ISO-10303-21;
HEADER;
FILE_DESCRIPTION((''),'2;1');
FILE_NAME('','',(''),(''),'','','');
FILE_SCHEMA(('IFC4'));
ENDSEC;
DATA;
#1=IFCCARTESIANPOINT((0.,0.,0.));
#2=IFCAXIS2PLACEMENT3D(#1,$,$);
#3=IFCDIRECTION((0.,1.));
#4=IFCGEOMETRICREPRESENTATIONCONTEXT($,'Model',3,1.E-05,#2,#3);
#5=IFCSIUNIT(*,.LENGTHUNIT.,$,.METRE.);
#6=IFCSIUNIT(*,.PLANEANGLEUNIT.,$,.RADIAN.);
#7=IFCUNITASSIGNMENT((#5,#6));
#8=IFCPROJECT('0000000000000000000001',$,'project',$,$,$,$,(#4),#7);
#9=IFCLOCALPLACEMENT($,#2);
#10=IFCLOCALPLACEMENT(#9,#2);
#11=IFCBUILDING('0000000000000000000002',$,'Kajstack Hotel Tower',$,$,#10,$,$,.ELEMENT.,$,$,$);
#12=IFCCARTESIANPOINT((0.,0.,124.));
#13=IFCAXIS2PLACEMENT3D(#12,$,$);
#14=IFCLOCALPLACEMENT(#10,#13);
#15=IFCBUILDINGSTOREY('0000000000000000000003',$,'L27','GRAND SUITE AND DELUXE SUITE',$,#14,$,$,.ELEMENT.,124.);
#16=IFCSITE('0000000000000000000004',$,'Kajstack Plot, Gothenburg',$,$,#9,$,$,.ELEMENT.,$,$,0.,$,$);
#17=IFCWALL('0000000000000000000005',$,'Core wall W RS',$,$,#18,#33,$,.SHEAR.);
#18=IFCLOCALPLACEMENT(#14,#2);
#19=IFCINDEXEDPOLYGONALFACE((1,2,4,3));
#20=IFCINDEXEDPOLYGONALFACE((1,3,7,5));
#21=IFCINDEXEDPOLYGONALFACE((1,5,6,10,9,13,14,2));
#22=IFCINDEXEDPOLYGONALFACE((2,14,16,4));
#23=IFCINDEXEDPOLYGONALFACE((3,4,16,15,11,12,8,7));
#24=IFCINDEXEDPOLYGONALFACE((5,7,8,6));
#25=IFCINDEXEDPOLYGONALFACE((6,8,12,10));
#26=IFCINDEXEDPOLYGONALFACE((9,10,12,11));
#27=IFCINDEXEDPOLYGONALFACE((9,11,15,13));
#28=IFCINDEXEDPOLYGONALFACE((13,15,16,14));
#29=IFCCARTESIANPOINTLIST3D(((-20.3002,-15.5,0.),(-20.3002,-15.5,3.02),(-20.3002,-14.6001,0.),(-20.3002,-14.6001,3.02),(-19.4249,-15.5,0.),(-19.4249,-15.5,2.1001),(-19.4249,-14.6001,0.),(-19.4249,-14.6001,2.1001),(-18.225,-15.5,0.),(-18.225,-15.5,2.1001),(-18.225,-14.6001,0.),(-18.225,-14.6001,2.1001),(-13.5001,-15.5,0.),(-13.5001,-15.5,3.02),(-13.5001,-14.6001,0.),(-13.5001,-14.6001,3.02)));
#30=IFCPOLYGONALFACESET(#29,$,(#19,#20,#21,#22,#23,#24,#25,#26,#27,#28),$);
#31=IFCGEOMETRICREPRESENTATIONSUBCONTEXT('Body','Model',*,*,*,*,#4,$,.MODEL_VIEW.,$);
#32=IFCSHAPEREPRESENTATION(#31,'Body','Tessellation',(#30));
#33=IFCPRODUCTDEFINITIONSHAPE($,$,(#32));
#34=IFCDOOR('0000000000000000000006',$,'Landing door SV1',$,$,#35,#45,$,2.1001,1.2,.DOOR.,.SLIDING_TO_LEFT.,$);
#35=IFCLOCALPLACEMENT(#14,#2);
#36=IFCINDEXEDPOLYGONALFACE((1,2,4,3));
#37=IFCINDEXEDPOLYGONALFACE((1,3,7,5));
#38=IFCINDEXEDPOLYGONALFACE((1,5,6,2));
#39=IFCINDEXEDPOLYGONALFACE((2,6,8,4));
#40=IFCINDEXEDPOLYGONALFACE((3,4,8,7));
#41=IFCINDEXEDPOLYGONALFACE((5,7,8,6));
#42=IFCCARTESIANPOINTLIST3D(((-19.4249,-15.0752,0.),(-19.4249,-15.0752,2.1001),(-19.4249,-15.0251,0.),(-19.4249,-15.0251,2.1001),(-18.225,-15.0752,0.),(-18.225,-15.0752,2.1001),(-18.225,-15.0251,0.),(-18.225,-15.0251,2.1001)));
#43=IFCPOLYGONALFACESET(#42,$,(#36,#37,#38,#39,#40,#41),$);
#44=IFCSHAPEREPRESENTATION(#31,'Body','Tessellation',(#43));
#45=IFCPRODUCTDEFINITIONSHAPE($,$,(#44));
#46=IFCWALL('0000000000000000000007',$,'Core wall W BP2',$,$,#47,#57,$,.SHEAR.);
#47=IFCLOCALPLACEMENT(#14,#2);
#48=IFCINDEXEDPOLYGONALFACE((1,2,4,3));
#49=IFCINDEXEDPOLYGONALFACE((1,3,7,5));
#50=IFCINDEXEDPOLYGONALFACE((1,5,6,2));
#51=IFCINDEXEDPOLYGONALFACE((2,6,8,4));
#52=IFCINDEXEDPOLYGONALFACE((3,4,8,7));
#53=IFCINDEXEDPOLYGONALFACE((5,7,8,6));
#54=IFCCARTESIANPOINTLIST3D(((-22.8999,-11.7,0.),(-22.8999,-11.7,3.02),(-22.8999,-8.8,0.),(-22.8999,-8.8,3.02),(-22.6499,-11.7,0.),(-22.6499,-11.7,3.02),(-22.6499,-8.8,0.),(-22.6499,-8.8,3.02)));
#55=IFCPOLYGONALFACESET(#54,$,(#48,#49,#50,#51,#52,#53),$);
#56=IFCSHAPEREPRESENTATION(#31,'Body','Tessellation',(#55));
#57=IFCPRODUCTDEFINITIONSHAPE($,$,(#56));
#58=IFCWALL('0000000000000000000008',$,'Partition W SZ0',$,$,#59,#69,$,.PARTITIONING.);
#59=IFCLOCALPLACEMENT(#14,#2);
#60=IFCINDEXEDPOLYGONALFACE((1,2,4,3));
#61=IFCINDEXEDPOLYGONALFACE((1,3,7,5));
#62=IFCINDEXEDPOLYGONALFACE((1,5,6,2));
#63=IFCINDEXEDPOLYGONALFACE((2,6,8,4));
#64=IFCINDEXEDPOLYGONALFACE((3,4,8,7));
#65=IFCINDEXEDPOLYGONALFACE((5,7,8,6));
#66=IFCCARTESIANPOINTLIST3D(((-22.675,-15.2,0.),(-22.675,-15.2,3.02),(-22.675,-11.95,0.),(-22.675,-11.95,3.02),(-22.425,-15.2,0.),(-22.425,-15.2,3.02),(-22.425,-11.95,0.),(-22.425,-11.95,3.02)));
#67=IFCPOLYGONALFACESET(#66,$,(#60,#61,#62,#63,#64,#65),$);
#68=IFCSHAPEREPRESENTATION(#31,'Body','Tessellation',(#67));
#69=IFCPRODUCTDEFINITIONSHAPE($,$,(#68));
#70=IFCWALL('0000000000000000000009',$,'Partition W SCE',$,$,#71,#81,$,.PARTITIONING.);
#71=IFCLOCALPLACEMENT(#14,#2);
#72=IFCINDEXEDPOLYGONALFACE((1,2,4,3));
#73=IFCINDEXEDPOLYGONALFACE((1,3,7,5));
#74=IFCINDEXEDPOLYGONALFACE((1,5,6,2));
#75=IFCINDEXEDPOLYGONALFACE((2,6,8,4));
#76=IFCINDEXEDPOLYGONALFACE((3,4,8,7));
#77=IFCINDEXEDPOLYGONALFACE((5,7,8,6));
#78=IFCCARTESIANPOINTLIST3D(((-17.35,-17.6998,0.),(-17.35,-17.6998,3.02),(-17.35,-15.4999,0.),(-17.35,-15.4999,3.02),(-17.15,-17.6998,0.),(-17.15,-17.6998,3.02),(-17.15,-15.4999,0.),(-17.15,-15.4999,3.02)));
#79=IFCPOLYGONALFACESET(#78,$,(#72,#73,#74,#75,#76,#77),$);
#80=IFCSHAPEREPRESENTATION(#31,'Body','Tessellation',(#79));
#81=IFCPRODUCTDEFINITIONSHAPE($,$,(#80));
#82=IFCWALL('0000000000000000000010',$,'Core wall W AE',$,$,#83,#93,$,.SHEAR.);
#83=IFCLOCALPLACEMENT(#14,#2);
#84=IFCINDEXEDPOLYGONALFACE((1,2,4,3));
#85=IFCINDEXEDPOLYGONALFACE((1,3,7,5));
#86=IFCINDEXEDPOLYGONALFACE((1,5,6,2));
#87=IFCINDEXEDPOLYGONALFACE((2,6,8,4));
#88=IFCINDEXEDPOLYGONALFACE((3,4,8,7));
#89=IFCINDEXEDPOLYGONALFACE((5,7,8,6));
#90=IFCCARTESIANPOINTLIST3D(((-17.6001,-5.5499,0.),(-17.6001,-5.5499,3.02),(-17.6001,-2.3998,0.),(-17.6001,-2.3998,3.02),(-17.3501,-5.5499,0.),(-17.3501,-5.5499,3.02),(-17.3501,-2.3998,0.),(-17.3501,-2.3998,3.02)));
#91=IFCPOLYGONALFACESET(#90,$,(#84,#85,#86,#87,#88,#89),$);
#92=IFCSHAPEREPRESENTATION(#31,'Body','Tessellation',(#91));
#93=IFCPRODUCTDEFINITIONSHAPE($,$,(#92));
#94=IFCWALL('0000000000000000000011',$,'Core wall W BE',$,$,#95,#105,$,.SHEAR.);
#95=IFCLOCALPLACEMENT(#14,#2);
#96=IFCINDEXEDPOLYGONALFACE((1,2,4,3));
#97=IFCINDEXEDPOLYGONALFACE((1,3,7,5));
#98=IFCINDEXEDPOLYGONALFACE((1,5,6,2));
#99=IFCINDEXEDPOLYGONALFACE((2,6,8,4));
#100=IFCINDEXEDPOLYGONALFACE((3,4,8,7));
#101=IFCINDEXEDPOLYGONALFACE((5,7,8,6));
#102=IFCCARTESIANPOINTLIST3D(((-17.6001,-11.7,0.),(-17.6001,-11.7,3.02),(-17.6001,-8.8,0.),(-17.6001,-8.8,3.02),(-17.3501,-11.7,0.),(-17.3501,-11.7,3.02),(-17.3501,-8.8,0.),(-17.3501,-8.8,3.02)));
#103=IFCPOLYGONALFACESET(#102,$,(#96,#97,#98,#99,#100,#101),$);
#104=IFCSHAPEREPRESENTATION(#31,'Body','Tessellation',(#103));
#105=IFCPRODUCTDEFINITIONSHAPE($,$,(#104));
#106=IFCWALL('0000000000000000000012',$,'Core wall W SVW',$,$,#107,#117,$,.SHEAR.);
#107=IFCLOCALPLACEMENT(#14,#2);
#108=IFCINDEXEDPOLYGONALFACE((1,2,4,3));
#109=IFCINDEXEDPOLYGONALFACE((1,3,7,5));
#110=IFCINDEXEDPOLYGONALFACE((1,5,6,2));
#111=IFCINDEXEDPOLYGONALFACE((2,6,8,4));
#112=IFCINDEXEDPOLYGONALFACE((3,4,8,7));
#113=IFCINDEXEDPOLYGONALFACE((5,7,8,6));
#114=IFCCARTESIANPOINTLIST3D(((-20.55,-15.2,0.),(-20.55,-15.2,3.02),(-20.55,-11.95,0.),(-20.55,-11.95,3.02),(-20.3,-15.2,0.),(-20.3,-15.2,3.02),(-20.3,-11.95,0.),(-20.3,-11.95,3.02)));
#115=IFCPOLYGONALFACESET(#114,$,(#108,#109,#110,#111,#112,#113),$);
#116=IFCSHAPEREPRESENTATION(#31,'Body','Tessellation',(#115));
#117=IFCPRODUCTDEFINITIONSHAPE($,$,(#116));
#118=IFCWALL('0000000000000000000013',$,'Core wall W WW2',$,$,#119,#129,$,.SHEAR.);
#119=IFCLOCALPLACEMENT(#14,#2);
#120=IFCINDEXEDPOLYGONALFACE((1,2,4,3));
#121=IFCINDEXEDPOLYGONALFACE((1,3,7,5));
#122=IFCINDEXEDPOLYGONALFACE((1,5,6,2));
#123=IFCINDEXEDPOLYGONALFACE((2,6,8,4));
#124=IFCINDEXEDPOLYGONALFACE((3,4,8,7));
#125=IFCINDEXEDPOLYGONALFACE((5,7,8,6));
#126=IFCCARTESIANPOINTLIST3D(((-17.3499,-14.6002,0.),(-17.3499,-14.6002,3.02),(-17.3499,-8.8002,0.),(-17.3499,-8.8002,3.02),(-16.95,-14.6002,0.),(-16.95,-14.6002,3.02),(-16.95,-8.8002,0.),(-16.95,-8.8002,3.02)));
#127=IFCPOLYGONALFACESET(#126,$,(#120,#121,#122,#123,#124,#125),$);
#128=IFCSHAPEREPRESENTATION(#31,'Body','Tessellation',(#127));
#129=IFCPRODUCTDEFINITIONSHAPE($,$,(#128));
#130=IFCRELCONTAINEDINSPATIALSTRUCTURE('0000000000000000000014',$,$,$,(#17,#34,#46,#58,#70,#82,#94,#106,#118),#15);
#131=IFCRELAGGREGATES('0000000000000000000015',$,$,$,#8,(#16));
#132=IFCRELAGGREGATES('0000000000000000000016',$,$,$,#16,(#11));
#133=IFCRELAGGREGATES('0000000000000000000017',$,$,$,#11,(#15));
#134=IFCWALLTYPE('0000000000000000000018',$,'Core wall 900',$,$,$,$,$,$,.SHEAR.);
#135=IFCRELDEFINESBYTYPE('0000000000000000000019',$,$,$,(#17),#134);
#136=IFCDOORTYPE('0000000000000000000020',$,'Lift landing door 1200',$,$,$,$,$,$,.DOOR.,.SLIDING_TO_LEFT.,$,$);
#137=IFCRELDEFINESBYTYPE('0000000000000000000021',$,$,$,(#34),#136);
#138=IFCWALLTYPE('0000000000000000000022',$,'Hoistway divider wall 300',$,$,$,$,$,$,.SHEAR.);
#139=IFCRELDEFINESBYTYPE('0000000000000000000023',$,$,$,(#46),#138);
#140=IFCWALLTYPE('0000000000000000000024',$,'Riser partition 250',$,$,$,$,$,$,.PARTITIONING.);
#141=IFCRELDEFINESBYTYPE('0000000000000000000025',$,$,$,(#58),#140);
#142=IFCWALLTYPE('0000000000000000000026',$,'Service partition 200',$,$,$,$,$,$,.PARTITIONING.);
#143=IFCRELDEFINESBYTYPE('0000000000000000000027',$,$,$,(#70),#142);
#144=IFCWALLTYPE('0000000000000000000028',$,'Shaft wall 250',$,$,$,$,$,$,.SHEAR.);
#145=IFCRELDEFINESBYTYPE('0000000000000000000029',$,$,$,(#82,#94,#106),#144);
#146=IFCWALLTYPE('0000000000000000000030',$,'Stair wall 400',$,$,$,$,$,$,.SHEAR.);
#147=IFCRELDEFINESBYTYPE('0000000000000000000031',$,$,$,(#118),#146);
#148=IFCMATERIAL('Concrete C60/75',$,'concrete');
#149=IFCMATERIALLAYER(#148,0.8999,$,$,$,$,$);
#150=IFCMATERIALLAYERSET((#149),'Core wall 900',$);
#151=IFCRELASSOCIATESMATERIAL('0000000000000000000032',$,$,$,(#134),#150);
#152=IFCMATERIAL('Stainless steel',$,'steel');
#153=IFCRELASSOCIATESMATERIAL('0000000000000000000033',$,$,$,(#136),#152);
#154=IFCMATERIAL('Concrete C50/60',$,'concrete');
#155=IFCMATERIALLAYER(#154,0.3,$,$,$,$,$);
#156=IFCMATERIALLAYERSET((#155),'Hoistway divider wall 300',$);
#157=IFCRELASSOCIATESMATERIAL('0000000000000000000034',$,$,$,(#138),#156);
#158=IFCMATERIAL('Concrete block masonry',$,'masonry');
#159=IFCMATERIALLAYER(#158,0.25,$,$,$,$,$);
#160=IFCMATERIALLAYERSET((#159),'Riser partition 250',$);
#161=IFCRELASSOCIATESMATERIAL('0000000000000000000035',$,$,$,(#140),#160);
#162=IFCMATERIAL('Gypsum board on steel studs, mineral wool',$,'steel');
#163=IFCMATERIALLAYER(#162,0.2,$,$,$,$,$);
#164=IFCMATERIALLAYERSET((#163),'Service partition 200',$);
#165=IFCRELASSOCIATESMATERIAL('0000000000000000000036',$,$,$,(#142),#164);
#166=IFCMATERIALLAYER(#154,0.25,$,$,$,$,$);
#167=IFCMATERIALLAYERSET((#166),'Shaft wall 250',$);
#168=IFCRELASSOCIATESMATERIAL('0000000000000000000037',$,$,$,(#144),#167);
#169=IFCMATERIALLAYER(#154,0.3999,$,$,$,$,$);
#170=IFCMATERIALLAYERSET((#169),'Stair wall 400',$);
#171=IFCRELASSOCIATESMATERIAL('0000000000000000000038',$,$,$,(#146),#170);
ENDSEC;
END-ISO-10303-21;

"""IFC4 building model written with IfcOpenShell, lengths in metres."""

from ifc_helpers import new_model, si_unit, direction, frame, frame_2d, origin, place, context, subcontext, project, spatial, rectangle, extrude, material, layer, layer_set, type_object, element, fill, save


model = new_model("IFC4")

# Units and contexts
model_context = context("Model", 3, precision=1e-05, world=origin(), true_north=direction((0.0, 1.0)))
body_context = subcontext(model_context, "Body", "Model", "MODEL_VIEW")
ifc_project = project(units=[si_unit("LENGTHUNIT", "METRE"), si_unit("PLANEANGLEUNIT", "RADIAN")], contexts=[model_context])

# Site, building, storey
site_placement = place(None, origin())
site = spatial("IfcSite", under=ifc_project, at=site_placement, Name="Kajstack Plot, Gothenburg", CompositionType="ELEMENT", RefElevation=0.0)
building_placement = place(site_placement, origin())
building = spatial("IfcBuilding", under=site, at=building_placement, Name="Kajstack Hotel Tower", CompositionType="ELEMENT")
storey_placement = place(building_placement, frame((0.0, 0.0, 124.0)))
storey = spatial("IfcBuildingStorey", under=building, at=storey_placement, Name="L27", Description="GRAND SUITE AND DELUXE SUITE", CompositionType="ELEMENT", Elevation=124.0)

# Wall, opening, door
ifc_material_1 = material(Name="Concrete C60/75", Category="concrete")
ifc_layer_1 = layer(ifc_material_1, 0.8999)
ifc_layer_set_1 = layer_set([ifc_layer_1], Name="Core wall 900")
wall_type_1 = type_object("IfcWallType", Name="Core wall 900", PredefinedType="SHEAR", material=ifc_layer_set_1)
wall_1_placement = place(storey_placement, frame((-20.3, -15.05, 0.0), z_axis=(0.0, 0.0, 1.0), x_axis=(1.0, 0.0, 0.0)))
wall_1 = element("IfcWall", 1, at=wall_1_placement, inside=storey, type_object=wall_type_1, Name="Core wall W RS", PredefinedType="SHEAR", context=body_context, shape_type="SweptSolid", body=[
    extrude(rectangle(XDim=6.8, YDim=0.8999, at=frame_2d((3.3999, 0.0))), origin(), (0.0, 0.0, 1.0), 3.02),
])
opening_placement = place(wall_1_placement, frame((0.875, 0.0, 0.0)))
opening = element("IfcOpeningElement", 2, at=opening_placement, cuts=wall_1, PredefinedType="OPENING", context=body_context, shape_type="SweptSolid", body=[
    extrude(rectangle(XDim=1.2, YDim=2.1001, at=frame_2d((0.6001, 1.05))), frame((0.0, 0.46, 0.0), z_axis=(0.0, -1.0, 0.0), x_axis=(1.0, 0.0, 0.0)), (0.0, 0.0, 1.0), 0.9199),
])
ifc_material_2 = material(Name="Stainless steel", Category="steel")
door_type = type_object("IfcDoorType", Name="Lift landing door 1200", OperationType="SLIDING_TO_LEFT", PredefinedType="DOOR", material=ifc_material_2)
door_placement = place(opening_placement, origin())
door = element("IfcDoor", 3, at=door_placement, inside=storey, type_object=door_type, Name="Landing door SV1", OperationType="SLIDING_TO_LEFT", OverallHeight=2.1001, OverallWidth=1.2, PredefinedType="DOOR", context=body_context, shape_type="SweptSolid", body=[
    extrude(rectangle(XDim=1.2, YDim=2.1001, at=frame_2d((0.6001, 1.05))), frame((0.0, 0.0249, 0.0), z_axis=(0.0, -1.0, 0.0), x_axis=(1.0, 0.0, 0.0)), (0.0, 0.0, 1.0), 0.05),
])
fill(opening, door)

# Walls
ifc_material_3 = material(Name="Concrete C50/60", Category="concrete")
ifc_layer_2 = layer(ifc_material_3, 0.3)
ifc_layer_set_2 = layer_set([ifc_layer_2], Name="Hoistway divider wall 300")
wall_type_2 = type_object("IfcWallType", Name="Hoistway divider wall 300", PredefinedType="SHEAR", material=ifc_layer_set_2)
wall_2_placement = place(storey_placement, frame((-22.7749, -11.7, 0.0), z_axis=(0.0, 0.0, 1.0), x_axis=(0.0, 1.0, 0.0)))
element("IfcWall", 4, at=wall_2_placement, inside=storey, type_object=wall_type_2, Name="Core wall W BP2", PredefinedType="SHEAR", context=body_context, shape_type="SweptSolid", body=[
    extrude(rectangle(XDim=2.8999, YDim=0.25, at=frame_2d((1.45, 0.0))), origin(), (0.0, 0.0, 1.0), 3.02),
])
ifc_material_4 = material(Name="Concrete block masonry", Category="masonry")
ifc_layer_3 = layer(ifc_material_4, 0.25)
ifc_layer_set_3 = layer_set([ifc_layer_3], Name="Riser partition 250")
wall_type_3 = type_object("IfcWallType", Name="Riser partition 250", PredefinedType="PARTITIONING", material=ifc_layer_set_3)
wall_3_placement = place(storey_placement, frame((-22.55, -15.2, 0.0), z_axis=(0.0, 0.0, 1.0), x_axis=(0.0, 1.0, 0.0)))
element("IfcWall", 5, at=wall_3_placement, inside=storey, type_object=wall_type_3, Name="Partition W SZ0", PredefinedType="PARTITIONING", context=body_context, shape_type="SweptSolid", body=[
    extrude(rectangle(XDim=3.25, YDim=0.25, at=frame_2d((1.625, 0.0))), origin(), (0.0, 0.0, 1.0), 3.02),
])
ifc_material_5 = material(Name="Gypsum board on steel studs, mineral wool", Category="steel")
ifc_layer_4 = layer(ifc_material_5, 0.2)
ifc_layer_set_4 = layer_set([ifc_layer_4], Name="Service partition 200")
wall_type_4 = type_object("IfcWallType", Name="Service partition 200", PredefinedType="PARTITIONING", material=ifc_layer_set_4)
wall_4_placement = place(storey_placement, frame((-17.25, -17.7, 0.0), z_axis=(0.0, 0.0, 1.0), x_axis=(0.0, 1.0, 0.0)))
element("IfcWall", 6, at=wall_4_placement, inside=storey, type_object=wall_type_4, Name="Partition W SCE", PredefinedType="PARTITIONING", context=body_context, shape_type="SweptSolid", body=[
    extrude(rectangle(XDim=2.2, YDim=0.2, at=frame_2d((1.1001, 0.0))), origin(), (0.0, 0.0, 1.0), 3.02),
])
ifc_layer_5 = layer(ifc_material_3, 0.25)
ifc_layer_set_5 = layer_set([ifc_layer_5], Name="Shaft wall 250")
wall_type_5 = type_object("IfcWallType", Name="Shaft wall 250", PredefinedType="SHEAR", material=ifc_layer_set_5)
wall_5_placement = place(storey_placement, frame((-17.4751, -5.55, 0.0), z_axis=(0.0, 0.0, 1.0), x_axis=(0.0, 1.0, 0.0)))
element("IfcWall", 7, at=wall_5_placement, inside=storey, type_object=wall_type_5, Name="Core wall W AE", PredefinedType="SHEAR", context=body_context, shape_type="SweptSolid", body=[
    extrude(rectangle(XDim=3.1501, YDim=0.25, at=frame_2d((1.5752, 0.0))), origin(), (0.0, 0.0, 1.0), 3.02),
])
wall_6_placement = place(storey_placement, frame((-17.4751, -11.7, 0.0), z_axis=(0.0, 0.0, 1.0), x_axis=(0.0, 1.0, 0.0)))
element("IfcWall", 8, at=wall_6_placement, inside=storey, type_object=wall_type_5, Name="Core wall W BE", PredefinedType="SHEAR", context=body_context, shape_type="SweptSolid", body=[
    extrude(rectangle(XDim=2.8999, YDim=0.25, at=frame_2d((1.45, 0.0))), origin(), (0.0, 0.0, 1.0), 3.02),
])
wall_7_placement = place(storey_placement, frame((-20.425, -15.2, 0.0), z_axis=(0.0, 0.0, 1.0), x_axis=(0.0, 1.0, 0.0)))
element("IfcWall", 9, at=wall_7_placement, inside=storey, type_object=wall_type_5, Name="Core wall W SVW", PredefinedType="SHEAR", context=body_context, shape_type="SweptSolid", body=[
    extrude(rectangle(XDim=3.25, YDim=0.25, at=frame_2d((1.625, 0.0))), origin(), (0.0, 0.0, 1.0), 3.02),
])
ifc_layer_6 = layer(ifc_material_3, 0.3999)
ifc_layer_set_6 = layer_set([ifc_layer_6], Name="Stair wall 400")
wall_type_6 = type_object("IfcWallType", Name="Stair wall 400", PredefinedType="SHEAR", material=ifc_layer_set_6)
wall_8_placement = place(storey_placement, frame((-17.1499, -14.6001, 0.0), z_axis=(0.0, 0.0, 1.0), x_axis=(0.0, 1.0, 0.0)))
element("IfcWall", 10, at=wall_8_placement, inside=storey, type_object=wall_type_6, Name="Core wall W WW2", PredefinedType="SHEAR", context=body_context, shape_type="SweptSolid", body=[
    extrude(rectangle(XDim=5.8, YDim=0.3999, at=frame_2d((2.8999, 0.0))), origin(), (0.0, 0.0, 1.0), 3.02),
])

save(model, "model.ifc")
